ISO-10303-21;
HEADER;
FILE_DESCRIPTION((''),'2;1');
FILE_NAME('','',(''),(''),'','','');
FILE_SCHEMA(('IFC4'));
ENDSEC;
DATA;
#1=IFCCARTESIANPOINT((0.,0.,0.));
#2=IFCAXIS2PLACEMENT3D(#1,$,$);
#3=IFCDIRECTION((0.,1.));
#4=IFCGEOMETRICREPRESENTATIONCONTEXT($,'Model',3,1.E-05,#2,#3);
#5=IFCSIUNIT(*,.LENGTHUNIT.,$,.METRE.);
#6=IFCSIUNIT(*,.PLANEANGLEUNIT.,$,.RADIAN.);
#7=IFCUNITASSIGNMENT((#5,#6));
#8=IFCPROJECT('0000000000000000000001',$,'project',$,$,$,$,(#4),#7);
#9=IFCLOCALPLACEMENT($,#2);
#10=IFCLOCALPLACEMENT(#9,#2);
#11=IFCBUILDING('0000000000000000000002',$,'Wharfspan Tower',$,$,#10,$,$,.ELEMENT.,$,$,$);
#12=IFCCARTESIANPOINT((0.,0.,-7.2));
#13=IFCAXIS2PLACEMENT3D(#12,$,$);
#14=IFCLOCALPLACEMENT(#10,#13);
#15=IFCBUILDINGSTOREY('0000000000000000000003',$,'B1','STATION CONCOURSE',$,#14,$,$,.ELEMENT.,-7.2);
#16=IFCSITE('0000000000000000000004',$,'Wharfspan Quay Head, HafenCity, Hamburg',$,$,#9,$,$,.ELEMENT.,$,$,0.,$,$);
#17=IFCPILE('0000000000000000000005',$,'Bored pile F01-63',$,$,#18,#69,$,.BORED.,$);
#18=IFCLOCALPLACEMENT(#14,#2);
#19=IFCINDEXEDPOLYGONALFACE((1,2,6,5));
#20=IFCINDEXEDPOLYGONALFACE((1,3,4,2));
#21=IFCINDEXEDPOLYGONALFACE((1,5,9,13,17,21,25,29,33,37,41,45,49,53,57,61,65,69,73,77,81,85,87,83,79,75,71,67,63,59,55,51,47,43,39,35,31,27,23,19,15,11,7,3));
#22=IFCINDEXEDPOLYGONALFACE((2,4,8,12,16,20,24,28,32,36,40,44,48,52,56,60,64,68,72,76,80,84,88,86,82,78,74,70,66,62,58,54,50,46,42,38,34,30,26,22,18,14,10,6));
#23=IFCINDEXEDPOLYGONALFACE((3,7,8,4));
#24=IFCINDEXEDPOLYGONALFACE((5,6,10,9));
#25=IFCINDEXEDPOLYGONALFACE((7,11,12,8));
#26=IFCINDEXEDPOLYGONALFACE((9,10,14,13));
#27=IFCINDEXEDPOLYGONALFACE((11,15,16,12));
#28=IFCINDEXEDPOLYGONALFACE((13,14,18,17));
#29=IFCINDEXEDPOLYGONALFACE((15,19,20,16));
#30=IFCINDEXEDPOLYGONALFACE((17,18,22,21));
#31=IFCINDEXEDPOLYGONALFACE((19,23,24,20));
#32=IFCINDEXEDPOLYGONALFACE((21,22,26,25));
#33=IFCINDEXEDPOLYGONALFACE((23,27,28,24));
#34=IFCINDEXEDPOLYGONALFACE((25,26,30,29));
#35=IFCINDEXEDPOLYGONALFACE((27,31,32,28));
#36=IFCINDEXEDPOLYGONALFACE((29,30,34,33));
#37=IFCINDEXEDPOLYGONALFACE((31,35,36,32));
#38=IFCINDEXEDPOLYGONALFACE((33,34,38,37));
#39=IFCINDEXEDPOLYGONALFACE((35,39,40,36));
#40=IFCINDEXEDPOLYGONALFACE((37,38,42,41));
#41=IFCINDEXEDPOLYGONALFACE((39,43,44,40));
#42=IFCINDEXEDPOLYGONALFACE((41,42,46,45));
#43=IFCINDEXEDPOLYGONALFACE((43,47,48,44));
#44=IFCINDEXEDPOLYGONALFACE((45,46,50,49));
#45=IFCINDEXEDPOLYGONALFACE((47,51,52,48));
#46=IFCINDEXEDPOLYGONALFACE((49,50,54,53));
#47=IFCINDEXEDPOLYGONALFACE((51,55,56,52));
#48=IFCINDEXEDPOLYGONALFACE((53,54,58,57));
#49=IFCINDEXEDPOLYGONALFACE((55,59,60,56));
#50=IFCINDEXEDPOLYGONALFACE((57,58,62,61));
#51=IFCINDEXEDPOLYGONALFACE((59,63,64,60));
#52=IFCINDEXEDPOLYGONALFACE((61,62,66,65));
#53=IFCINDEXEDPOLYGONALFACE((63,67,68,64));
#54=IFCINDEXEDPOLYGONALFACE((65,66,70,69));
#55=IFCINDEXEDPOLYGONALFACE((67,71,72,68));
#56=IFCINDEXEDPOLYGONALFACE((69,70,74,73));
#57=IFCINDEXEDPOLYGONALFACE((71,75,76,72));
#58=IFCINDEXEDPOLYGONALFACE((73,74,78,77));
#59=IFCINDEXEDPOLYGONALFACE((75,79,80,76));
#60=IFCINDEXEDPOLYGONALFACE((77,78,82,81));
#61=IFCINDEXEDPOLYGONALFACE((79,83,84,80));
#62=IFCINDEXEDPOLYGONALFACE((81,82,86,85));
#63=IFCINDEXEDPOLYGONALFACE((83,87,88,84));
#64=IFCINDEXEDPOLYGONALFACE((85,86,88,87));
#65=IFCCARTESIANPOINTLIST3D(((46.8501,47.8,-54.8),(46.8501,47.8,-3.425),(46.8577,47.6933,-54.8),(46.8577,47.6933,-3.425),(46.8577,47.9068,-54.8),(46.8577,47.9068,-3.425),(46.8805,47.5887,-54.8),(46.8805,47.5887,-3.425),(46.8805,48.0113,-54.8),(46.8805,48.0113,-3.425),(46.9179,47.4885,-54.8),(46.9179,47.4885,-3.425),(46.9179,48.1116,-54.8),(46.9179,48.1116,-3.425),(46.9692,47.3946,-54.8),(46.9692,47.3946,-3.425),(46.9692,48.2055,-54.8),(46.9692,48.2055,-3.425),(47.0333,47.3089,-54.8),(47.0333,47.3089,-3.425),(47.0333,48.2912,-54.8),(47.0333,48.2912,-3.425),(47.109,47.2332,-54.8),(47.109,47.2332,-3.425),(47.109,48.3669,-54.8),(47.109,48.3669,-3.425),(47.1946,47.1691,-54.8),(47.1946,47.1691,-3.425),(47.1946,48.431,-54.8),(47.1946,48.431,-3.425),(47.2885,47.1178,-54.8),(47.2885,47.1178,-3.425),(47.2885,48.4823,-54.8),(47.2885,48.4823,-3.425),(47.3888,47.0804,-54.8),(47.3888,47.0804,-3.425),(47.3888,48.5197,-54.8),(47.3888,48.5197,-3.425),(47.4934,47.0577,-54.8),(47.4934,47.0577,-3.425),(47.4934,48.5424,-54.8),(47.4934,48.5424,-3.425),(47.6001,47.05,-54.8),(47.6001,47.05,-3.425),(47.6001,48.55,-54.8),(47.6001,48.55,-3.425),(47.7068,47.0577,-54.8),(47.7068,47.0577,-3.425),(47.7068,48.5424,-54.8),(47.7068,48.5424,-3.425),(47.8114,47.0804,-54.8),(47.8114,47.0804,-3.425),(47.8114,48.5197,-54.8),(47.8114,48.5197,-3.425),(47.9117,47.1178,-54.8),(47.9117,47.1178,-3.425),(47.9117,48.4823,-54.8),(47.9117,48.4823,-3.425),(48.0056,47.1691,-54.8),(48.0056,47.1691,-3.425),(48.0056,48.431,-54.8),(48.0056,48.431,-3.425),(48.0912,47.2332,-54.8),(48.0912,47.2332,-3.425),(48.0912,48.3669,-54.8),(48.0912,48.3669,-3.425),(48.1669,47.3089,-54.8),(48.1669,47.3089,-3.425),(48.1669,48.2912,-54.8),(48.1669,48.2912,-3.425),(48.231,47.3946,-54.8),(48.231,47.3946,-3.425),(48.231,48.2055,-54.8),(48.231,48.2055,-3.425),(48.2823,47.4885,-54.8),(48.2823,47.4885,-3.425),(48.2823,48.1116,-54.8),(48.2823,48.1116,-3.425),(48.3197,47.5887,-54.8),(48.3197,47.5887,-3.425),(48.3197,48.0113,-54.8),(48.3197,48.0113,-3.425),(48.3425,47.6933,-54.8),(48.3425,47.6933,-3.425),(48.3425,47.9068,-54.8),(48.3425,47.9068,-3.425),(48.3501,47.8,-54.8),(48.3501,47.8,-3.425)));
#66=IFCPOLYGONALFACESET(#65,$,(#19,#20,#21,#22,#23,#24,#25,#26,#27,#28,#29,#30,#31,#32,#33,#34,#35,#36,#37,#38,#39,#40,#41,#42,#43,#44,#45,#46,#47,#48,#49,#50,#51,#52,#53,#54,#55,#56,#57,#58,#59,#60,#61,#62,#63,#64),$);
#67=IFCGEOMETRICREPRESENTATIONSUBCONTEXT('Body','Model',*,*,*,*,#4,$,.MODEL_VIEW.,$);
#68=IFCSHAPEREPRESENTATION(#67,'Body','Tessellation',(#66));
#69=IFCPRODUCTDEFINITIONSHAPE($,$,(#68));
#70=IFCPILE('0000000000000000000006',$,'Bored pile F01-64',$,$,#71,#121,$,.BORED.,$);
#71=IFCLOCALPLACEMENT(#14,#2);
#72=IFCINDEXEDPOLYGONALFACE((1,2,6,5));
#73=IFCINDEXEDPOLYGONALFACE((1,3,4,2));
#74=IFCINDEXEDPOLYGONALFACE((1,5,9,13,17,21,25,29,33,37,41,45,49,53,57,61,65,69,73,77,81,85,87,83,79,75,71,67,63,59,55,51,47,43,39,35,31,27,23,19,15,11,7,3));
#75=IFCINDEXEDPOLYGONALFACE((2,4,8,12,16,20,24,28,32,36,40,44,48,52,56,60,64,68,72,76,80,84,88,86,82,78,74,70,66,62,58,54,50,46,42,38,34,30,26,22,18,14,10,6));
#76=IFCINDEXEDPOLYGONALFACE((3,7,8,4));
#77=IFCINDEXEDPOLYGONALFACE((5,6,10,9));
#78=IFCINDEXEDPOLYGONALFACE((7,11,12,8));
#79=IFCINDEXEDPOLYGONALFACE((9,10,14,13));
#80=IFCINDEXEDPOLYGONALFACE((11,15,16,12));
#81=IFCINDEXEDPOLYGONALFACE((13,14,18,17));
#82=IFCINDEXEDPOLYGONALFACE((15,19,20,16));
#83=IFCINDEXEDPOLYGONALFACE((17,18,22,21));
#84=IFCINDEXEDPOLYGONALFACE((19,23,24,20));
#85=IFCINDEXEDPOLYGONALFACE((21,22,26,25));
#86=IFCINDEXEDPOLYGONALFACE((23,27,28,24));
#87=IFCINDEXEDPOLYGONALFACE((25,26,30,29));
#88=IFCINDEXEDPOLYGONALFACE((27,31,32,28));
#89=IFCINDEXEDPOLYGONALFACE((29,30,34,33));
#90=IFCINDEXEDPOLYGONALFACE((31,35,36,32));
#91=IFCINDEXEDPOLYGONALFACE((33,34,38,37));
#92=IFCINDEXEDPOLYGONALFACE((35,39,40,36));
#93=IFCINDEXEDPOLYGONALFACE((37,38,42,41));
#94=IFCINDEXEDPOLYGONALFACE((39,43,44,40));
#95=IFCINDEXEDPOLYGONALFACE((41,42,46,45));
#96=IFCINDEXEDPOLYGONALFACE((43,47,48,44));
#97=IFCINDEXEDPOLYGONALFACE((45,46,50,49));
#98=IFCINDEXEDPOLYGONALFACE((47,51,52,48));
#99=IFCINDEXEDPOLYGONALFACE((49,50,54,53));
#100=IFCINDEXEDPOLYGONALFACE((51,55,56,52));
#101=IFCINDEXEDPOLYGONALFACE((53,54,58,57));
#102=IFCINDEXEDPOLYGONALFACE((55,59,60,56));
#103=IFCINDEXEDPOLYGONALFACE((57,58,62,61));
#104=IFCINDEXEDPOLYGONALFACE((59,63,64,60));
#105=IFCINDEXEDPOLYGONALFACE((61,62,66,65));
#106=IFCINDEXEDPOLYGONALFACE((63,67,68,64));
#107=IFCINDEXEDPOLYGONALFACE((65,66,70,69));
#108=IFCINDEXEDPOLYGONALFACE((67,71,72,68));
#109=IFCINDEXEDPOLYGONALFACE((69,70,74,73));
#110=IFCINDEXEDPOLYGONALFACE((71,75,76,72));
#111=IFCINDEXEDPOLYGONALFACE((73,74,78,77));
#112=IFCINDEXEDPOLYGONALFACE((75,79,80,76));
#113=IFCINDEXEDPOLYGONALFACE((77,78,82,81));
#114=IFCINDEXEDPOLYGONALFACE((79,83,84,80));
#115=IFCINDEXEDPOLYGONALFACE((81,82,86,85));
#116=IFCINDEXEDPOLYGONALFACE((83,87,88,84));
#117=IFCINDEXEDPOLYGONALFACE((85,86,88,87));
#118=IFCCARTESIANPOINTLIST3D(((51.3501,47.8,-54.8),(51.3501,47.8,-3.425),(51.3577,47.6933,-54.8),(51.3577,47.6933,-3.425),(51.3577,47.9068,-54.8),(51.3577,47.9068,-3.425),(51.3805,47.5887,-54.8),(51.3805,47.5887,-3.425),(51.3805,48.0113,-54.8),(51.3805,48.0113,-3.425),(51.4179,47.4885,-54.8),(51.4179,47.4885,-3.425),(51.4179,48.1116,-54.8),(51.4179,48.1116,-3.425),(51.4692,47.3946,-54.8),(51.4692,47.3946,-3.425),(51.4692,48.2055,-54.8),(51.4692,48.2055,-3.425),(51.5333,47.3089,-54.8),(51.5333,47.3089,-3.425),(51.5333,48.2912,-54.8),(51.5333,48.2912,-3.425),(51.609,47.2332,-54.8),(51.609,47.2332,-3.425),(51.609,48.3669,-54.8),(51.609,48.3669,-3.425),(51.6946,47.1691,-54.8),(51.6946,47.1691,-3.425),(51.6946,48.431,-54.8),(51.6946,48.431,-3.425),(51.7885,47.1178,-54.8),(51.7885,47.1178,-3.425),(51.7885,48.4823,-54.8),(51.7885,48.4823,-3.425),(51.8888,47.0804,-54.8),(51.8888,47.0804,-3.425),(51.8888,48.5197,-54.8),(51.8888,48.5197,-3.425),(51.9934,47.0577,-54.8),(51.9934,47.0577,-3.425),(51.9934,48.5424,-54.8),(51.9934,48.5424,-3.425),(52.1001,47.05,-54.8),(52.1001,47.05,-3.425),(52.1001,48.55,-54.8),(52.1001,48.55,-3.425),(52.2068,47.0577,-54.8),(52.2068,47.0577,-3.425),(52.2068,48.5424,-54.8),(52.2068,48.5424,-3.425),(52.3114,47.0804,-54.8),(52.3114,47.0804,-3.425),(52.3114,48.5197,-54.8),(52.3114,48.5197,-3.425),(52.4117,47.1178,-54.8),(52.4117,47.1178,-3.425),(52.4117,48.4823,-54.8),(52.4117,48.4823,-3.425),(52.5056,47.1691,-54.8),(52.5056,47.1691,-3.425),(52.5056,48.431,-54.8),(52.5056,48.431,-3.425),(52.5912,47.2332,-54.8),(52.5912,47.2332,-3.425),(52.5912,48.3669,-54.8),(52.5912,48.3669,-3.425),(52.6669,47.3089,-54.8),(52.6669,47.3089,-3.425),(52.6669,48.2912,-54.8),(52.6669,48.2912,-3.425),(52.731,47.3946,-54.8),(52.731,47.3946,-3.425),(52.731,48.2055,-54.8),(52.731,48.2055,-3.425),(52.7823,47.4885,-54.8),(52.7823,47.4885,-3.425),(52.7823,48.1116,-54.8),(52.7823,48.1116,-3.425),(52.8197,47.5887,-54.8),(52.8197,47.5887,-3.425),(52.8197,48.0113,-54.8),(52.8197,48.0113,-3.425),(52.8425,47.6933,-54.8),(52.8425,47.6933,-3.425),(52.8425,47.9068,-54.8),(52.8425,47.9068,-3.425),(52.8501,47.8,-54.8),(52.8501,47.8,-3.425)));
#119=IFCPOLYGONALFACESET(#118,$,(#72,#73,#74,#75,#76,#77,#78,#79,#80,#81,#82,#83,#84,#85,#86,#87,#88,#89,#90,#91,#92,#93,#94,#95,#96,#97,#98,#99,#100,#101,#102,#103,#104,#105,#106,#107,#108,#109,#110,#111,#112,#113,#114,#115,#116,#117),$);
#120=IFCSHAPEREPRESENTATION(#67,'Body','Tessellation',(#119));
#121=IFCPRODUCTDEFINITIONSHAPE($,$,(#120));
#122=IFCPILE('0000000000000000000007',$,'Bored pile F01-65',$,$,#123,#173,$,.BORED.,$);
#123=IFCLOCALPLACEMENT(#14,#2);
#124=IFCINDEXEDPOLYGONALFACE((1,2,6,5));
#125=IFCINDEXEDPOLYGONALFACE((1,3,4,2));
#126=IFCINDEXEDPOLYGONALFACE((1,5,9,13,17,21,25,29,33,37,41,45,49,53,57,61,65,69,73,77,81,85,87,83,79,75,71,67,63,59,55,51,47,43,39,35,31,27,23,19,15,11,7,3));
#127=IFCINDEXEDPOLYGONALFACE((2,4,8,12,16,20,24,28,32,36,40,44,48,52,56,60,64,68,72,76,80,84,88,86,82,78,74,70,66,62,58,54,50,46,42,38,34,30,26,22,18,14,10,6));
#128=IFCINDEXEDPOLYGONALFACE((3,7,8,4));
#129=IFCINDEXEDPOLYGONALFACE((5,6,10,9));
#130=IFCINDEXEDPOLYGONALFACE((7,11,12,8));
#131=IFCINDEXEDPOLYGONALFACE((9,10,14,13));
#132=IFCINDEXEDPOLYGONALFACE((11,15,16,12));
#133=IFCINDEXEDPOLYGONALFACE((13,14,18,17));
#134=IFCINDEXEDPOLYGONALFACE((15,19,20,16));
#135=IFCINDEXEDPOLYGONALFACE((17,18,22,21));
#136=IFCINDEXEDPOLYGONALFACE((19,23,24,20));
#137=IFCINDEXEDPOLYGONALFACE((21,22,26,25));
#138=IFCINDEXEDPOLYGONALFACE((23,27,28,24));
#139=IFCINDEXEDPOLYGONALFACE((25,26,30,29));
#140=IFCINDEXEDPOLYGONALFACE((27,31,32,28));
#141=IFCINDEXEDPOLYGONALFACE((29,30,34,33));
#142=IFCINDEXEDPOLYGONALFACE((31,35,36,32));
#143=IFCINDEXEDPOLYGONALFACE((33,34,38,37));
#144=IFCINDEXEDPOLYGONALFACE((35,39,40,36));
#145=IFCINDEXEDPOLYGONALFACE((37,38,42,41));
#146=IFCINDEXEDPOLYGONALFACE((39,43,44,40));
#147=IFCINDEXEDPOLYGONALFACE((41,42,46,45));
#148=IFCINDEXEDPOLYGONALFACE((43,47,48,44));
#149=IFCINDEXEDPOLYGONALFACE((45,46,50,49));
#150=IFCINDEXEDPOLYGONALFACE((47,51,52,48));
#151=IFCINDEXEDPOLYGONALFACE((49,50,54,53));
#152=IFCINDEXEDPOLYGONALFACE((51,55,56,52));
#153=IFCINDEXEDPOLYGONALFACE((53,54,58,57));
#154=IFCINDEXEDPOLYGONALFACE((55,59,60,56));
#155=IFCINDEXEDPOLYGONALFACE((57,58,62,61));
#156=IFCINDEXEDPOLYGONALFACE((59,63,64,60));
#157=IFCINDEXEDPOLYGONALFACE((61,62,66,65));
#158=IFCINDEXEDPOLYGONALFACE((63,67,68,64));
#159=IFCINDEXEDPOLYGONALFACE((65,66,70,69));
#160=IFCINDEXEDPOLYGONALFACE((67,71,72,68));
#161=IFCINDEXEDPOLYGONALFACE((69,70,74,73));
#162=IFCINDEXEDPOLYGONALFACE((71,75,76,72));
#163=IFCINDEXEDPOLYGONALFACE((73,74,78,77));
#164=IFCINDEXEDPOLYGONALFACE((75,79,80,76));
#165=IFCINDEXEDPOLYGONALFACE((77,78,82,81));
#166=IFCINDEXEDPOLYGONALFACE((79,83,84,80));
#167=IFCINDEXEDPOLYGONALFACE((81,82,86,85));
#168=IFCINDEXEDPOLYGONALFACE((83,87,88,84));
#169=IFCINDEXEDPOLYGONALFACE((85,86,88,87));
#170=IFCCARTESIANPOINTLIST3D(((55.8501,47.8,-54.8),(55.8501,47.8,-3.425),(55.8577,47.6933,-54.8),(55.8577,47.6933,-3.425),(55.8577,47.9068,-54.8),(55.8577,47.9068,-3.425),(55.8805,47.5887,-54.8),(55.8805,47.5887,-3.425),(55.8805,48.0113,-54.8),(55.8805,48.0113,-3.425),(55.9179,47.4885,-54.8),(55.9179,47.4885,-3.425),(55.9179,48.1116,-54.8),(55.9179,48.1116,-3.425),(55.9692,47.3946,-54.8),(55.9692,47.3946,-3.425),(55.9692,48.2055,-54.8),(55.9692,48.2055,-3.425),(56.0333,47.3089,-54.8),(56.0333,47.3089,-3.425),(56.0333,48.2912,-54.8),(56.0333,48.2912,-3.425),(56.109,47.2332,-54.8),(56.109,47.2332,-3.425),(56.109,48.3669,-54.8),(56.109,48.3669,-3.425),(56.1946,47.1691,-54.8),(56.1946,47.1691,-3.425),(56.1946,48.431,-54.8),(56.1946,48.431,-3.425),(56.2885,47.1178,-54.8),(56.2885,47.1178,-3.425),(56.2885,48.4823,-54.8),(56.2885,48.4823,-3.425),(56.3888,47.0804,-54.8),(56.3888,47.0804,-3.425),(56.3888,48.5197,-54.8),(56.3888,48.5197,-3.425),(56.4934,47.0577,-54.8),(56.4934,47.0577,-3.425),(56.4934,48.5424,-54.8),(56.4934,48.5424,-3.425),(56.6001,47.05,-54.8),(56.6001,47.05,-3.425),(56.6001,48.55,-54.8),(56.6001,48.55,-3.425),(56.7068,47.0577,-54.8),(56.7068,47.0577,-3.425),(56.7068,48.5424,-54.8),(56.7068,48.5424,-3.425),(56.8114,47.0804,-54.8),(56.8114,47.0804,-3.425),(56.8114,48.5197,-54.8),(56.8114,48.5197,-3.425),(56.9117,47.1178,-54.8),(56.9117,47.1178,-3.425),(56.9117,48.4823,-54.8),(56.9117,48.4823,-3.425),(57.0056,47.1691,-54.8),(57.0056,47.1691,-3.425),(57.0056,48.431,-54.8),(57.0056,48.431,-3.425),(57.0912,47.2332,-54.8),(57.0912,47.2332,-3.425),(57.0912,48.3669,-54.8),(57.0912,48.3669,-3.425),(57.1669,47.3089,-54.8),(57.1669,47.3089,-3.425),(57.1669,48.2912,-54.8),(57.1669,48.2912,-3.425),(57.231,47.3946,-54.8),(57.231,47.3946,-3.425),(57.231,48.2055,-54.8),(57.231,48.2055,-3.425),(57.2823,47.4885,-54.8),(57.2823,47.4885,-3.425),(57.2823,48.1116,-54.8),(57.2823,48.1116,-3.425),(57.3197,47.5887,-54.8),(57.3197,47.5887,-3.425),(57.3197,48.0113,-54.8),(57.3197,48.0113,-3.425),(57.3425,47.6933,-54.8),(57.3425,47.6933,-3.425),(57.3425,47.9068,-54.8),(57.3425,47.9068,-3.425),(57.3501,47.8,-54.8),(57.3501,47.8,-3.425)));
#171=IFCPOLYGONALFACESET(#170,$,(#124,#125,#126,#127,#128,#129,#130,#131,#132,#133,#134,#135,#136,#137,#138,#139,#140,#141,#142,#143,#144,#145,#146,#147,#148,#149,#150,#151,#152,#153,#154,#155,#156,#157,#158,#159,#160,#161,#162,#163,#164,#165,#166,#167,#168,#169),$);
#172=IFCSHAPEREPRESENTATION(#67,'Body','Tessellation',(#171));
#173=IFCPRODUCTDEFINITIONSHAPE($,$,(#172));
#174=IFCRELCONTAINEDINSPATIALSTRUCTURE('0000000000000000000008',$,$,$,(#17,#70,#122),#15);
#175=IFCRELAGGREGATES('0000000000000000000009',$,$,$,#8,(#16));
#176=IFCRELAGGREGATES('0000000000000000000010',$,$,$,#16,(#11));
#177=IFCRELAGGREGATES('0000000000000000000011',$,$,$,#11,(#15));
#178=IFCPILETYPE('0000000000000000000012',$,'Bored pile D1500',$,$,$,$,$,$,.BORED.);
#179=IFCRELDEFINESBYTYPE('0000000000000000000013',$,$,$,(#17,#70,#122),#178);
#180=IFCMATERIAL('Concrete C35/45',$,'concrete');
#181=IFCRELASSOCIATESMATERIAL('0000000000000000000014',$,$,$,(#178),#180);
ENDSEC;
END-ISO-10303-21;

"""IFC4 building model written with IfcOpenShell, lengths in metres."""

from ifc_helpers import new_model, si_unit, direction, frame, origin, origin_2d, place, context, subcontext, project, spatial, circle, extrude, material, material_profile, profile_set, type_object, element, save


model = new_model("IFC4")

# Units and contexts
model_context = context("Model", 3, precision=1e-05, world=origin(), true_north=direction((0.0, 1.0)))
body_context = subcontext(model_context, "Body", "Model", "MODEL_VIEW")
ifc_project = project(units=[si_unit("LENGTHUNIT", "METRE"), si_unit("PLANEANGLEUNIT", "RADIAN")], contexts=[model_context])

# Site, building, storey
site_placement = place(None, origin())
site = spatial("IfcSite", under=ifc_project, at=site_placement, Name="Wharfspan Quay Head, HafenCity, Hamburg", CompositionType="ELEMENT", RefElevation=0.0)
building_placement = place(site_placement, origin())
building = spatial("IfcBuilding", under=site, at=building_placement, Name="Wharfspan Tower", CompositionType="ELEMENT")
storey_placement = place(building_placement, frame((0.0, 0.0, -7.2)))
storey = spatial("IfcBuildingStorey", under=building, at=storey_placement, Name="B1", Description="STATION CONCOURSE", CompositionType="ELEMENT", Elevation=-7.2)

# Piles
ifc_material_1 = material(Name="Concrete C35/45", Category="concrete")
ifc_material_profile_1 = material_profile(ifc_material_1, circle(Radius=0.75, at=origin_2d()))
ifc_profile_set_1 = profile_set([ifc_material_profile_1], Name="Concrete C35/45")
pile_type = type_object("IfcPileType", Name="Bored pile D1500", PredefinedType="BORED", material=ifc_profile_set_1)
for number, where, z_axis, x_axis, name in (
    (1, (47.6001, 47.8, -3.425), (0.0, 0.0, -1.0), (1.0, 0.0, 0.0), "Bored pile F01-63"),
    (2, (52.1001, 47.8, -3.425), (0.0, 0.0, -1.0), (1.0, 0.0, 0.0), "Bored pile F01-64"),
    (3, (56.6001, 47.8, -3.425), (0.0, 0.0, -1.0), (1.0, 0.0, 0.0), "Bored pile F01-65"),
):
    element("IfcPile", number, at=place(storey_placement, frame(where, z_axis=z_axis, x_axis=x_axis)), inside=storey, type_object=pile_type, Name=name, PredefinedType="BORED", context=body_context, shape_type="SweptSolid", body=[
        extrude(circle(Radius=0.75, at=origin_2d()), origin(), (0.0, 0.0, 1.0), 51.375),
    ])

save(model, "model.ifc")
